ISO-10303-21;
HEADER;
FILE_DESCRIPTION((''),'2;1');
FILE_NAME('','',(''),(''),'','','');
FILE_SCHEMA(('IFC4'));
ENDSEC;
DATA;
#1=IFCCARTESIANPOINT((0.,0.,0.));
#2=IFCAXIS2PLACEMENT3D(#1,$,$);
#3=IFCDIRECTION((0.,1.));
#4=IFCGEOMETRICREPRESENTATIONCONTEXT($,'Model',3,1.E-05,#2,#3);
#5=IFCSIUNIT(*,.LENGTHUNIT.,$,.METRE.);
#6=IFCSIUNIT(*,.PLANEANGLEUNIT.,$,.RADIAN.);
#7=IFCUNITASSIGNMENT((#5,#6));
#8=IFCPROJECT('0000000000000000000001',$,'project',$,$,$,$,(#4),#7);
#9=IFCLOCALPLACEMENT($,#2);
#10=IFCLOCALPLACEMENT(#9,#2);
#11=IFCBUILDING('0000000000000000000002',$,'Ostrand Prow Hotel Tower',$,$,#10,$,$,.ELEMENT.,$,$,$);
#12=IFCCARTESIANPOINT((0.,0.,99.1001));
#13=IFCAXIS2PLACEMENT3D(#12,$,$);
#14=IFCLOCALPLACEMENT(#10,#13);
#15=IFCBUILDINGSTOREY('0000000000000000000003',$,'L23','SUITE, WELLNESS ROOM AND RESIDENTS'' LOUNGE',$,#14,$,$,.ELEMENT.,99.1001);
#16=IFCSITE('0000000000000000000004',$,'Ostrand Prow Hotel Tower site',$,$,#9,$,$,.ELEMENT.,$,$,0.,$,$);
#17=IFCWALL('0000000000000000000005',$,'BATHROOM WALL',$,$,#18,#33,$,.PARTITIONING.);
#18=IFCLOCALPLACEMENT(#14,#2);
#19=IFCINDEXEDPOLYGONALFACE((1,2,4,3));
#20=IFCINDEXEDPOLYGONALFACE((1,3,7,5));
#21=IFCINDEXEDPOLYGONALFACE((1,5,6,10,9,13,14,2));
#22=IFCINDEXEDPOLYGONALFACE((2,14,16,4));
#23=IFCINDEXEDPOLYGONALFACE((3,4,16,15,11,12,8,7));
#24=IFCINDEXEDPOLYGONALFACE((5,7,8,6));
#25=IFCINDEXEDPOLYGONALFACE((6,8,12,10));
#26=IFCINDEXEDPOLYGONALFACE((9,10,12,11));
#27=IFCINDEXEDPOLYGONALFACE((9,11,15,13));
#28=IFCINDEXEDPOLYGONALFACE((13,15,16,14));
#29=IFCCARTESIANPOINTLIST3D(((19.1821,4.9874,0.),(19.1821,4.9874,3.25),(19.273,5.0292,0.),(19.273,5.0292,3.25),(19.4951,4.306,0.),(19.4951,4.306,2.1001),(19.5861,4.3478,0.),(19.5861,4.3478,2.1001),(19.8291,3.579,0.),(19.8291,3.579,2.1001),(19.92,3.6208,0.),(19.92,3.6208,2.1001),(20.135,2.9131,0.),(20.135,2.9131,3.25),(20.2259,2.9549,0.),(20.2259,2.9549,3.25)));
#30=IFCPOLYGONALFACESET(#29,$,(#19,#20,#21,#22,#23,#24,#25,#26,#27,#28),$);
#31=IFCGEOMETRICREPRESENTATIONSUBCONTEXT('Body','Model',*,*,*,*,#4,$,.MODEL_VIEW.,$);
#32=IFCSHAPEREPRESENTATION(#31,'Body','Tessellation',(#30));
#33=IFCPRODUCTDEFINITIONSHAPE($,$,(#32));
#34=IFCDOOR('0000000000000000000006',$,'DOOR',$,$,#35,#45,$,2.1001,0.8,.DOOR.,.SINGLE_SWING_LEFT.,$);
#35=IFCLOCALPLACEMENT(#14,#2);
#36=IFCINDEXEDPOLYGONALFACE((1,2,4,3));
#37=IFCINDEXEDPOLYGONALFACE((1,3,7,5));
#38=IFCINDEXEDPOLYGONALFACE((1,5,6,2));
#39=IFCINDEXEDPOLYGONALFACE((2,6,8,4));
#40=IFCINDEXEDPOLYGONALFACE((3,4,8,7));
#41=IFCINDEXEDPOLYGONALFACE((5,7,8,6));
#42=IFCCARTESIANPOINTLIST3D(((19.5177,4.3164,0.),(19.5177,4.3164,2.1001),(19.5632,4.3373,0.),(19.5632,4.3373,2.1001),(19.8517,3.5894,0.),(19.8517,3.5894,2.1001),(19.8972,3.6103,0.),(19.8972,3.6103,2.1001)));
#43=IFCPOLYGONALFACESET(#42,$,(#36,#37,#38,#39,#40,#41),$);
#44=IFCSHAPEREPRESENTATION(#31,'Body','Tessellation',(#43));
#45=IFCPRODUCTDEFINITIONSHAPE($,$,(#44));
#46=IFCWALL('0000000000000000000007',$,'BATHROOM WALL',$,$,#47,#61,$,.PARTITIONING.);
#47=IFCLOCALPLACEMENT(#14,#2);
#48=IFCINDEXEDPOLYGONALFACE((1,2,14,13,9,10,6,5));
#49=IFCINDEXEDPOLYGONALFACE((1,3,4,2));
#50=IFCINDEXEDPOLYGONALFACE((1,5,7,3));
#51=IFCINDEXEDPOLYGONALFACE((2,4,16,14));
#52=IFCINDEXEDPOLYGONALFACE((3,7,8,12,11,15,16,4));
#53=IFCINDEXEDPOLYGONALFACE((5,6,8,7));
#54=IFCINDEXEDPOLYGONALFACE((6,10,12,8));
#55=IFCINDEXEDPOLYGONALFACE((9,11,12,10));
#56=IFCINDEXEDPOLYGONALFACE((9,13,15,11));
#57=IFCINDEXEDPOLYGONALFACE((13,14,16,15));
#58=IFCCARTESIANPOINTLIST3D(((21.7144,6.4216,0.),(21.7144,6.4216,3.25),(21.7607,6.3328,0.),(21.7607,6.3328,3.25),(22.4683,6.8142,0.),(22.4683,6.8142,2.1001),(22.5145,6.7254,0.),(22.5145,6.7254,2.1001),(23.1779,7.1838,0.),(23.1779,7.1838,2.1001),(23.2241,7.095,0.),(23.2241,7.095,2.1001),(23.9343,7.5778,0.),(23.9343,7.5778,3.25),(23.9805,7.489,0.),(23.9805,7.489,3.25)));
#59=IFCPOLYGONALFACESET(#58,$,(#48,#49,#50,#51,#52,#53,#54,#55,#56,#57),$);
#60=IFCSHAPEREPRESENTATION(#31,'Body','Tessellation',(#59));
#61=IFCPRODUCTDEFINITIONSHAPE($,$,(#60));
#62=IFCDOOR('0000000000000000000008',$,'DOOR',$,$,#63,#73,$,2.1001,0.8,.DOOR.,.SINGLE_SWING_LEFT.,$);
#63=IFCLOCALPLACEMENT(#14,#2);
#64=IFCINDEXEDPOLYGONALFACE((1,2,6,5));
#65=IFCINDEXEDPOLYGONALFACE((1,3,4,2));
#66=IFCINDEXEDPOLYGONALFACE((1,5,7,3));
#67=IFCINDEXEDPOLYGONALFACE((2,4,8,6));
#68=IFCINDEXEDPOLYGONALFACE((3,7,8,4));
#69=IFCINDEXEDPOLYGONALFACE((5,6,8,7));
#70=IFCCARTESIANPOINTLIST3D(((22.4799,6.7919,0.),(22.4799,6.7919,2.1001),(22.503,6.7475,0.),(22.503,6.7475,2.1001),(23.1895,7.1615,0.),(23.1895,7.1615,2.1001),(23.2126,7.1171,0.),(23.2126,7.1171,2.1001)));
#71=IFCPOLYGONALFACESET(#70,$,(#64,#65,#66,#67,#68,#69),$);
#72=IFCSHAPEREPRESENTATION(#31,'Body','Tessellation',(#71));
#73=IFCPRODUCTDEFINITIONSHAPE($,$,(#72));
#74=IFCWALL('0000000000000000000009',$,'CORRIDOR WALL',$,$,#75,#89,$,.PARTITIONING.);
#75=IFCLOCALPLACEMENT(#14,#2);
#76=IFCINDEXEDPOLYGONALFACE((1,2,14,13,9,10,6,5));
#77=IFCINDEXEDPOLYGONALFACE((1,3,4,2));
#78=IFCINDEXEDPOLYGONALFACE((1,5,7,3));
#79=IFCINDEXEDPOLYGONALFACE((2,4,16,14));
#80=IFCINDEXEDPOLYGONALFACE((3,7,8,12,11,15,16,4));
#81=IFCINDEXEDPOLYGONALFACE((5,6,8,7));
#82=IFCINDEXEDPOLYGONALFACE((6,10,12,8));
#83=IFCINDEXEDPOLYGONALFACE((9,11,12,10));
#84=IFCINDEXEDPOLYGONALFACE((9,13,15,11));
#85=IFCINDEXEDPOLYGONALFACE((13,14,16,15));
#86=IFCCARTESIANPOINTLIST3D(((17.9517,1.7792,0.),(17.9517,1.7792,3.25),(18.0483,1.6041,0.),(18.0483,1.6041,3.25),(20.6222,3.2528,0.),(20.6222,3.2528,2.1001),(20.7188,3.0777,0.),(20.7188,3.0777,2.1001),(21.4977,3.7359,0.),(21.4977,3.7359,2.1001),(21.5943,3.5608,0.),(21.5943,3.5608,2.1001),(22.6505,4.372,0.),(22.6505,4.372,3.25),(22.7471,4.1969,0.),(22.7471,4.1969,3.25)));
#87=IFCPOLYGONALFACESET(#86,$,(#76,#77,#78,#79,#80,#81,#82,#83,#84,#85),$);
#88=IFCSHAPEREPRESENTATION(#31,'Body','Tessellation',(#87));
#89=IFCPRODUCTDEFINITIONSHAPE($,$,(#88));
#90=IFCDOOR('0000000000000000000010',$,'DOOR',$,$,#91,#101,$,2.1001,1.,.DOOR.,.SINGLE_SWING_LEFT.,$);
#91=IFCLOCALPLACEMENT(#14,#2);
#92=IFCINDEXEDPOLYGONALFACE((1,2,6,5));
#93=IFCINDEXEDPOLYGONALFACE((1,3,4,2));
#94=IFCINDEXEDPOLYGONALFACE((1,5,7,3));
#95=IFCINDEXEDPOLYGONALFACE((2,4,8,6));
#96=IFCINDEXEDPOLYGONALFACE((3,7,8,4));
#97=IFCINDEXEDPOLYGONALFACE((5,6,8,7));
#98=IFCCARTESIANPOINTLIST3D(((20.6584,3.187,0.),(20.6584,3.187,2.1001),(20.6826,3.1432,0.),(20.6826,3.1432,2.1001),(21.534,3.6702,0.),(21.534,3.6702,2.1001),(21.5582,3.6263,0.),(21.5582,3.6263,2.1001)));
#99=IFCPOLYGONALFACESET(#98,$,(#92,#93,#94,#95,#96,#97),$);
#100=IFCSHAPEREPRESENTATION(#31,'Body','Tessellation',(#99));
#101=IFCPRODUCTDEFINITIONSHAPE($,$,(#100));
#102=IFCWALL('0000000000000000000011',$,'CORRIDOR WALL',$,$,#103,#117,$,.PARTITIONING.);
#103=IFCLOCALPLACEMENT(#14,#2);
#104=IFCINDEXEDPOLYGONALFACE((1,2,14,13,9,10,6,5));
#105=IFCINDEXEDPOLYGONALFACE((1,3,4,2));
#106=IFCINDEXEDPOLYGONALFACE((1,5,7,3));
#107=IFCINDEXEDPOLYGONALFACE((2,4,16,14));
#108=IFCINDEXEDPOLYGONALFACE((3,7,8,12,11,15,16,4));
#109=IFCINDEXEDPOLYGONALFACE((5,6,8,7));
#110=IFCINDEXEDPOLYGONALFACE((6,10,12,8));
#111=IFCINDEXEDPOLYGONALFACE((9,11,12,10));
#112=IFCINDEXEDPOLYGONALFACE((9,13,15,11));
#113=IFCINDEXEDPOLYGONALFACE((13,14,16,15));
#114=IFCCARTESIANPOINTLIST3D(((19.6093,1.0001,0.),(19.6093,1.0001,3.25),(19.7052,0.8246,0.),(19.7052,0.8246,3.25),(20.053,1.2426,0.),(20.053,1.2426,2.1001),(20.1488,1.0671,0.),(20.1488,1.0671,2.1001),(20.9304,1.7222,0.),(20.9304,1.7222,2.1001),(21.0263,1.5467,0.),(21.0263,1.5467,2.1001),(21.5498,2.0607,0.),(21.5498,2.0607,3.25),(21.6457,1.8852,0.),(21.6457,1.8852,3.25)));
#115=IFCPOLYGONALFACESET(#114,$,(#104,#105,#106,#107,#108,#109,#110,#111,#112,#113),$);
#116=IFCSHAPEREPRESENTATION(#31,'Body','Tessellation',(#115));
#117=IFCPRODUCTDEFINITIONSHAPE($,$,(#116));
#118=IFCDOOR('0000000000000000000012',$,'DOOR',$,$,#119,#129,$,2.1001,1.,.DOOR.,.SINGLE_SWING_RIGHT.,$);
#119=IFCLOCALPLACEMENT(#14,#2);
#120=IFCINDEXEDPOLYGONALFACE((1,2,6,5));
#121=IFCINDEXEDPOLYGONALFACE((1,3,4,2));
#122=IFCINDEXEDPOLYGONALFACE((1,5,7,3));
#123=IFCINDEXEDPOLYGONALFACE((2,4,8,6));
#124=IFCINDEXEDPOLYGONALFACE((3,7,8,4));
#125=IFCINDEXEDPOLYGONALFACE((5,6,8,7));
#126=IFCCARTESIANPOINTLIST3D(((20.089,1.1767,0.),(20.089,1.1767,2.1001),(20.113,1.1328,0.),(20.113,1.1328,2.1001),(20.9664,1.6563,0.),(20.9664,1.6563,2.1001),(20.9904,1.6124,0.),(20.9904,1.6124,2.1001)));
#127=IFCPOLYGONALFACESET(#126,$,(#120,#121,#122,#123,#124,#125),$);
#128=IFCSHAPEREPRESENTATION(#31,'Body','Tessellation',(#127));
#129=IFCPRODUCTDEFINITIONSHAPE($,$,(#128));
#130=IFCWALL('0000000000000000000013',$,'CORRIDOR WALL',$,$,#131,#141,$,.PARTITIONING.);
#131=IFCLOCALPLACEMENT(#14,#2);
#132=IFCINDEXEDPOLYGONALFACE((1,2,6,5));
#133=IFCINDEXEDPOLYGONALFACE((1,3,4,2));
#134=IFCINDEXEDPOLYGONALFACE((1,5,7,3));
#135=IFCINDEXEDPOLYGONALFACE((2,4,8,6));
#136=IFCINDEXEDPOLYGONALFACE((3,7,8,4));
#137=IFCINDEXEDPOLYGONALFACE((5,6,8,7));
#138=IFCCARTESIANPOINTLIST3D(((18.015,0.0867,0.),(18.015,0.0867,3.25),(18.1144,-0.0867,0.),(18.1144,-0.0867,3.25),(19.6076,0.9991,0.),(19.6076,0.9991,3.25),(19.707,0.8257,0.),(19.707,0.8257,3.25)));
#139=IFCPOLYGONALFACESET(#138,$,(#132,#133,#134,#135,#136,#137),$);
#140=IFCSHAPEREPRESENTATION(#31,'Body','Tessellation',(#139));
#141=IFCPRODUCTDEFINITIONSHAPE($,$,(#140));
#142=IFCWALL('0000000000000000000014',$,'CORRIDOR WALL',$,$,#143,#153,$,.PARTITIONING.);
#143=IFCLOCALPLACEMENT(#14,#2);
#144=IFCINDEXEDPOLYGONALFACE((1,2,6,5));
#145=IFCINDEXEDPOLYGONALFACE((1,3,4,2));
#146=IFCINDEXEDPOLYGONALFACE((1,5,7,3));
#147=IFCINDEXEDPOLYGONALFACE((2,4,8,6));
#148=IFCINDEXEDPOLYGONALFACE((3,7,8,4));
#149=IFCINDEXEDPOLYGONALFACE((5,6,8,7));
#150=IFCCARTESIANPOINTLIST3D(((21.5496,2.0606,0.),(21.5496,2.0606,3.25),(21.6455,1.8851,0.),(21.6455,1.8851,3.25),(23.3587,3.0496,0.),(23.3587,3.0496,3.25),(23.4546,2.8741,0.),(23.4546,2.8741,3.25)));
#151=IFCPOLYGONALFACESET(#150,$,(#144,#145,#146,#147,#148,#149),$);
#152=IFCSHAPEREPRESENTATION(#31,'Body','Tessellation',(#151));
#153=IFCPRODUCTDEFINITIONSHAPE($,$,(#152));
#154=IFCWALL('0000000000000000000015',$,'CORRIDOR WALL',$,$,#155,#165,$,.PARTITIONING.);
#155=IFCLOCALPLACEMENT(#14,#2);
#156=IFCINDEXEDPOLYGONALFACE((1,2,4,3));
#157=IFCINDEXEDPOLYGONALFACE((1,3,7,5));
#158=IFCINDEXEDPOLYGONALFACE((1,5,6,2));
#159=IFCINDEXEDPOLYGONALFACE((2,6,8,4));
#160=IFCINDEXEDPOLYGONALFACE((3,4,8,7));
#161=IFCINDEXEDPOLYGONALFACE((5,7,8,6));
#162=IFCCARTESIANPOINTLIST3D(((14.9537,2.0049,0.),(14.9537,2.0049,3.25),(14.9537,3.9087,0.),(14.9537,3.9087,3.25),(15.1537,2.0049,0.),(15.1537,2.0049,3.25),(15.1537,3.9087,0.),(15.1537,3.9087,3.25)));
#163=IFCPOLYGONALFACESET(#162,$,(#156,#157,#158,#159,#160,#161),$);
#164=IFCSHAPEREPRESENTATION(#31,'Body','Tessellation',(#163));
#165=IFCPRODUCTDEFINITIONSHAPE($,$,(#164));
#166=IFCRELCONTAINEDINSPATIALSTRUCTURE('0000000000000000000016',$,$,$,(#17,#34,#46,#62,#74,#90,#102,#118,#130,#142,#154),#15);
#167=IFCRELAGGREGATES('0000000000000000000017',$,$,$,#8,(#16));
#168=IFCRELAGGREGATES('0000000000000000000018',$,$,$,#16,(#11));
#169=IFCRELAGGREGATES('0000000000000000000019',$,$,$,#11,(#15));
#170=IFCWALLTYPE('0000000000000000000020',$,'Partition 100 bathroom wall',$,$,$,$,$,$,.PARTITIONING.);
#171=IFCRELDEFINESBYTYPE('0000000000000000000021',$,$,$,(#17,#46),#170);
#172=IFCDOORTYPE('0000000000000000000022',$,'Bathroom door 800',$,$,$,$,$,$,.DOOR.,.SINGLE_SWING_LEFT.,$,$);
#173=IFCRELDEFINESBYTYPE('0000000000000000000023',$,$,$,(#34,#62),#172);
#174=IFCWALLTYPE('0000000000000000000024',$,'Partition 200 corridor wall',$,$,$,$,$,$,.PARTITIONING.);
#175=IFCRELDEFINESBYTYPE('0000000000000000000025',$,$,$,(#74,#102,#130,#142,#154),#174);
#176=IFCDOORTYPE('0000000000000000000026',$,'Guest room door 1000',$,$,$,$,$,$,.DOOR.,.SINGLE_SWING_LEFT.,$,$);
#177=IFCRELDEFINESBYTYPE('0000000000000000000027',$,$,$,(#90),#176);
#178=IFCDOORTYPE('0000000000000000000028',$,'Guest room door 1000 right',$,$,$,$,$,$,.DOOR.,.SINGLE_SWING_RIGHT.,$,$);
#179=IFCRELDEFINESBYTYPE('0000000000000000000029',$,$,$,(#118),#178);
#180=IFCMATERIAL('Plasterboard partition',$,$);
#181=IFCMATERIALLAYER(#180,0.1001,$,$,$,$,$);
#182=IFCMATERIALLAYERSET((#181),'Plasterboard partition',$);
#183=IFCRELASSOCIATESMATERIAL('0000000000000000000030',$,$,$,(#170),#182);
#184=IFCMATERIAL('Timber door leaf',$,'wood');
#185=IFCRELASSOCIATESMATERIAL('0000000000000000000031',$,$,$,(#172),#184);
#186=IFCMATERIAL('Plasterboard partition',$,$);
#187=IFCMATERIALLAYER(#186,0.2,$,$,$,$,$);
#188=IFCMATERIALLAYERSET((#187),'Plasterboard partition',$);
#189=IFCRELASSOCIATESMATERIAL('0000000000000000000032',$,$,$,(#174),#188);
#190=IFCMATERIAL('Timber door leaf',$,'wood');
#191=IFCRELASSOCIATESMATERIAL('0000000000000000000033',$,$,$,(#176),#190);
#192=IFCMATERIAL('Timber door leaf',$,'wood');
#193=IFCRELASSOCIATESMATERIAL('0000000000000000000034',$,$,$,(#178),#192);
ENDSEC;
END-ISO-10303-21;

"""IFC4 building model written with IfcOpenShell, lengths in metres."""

from ifc_helpers import new_model, si_unit, direction, frame, frame_2d, origin, place, context, subcontext, project, spatial, rectangle, extrude, material, layer, layer_set, type_object, element, fill, save


model = new_model("IFC4")

# Units and contexts
model_context = context("Model", 3, precision=1e-05, world=origin(), true_north=direction((0.0, 1.0)))
body_context = subcontext(model_context, "Body", "Model", "MODEL_VIEW")
ifc_project = project(units=[si_unit("LENGTHUNIT", "METRE"), si_unit("PLANEANGLEUNIT", "RADIAN")], contexts=[model_context])

# Site, building, storey
site_placement = place(None, origin())
site = spatial("IfcSite", under=ifc_project, at=site_placement, Name="Ostrand Prow Hotel Tower site", CompositionType="ELEMENT", RefElevation=0.0)
building_placement = place(site_placement, origin())
building = spatial("IfcBuilding", under=site, at=building_placement, Name="Ostrand Prow Hotel Tower", CompositionType="ELEMENT")
storey_placement = place(building_placement, frame((0.0, 0.0, 99.1001)))
storey = spatial("IfcBuildingStorey", under=building, at=storey_placement, Name="L23", Description="SUITE, WELLNESS ROOM AND RESIDENTS' LOUNGE", CompositionType="ELEMENT", Elevation=99.1001)

# Shared definitions
ifc_material_1 = material(Name="Plasterboard partition")
ifc_layer_1 = layer(ifc_material_1, 0.1001)
ifc_layer_set_1 = layer_set([ifc_layer_1], Name="Plasterboard partition")
wall_type_1 = type_object("IfcWallType", Name="Partition 100 bathroom wall", PredefinedType="PARTITIONING", material=ifc_layer_set_1)

# Walls, openings, doors
wall_1_placement = place(storey_placement, frame((19.2275, 5.0083, 0.0), z_axis=(0.0, 0.0, 1.0), x_axis=(0.41745, -0.9087, 0.0)))
wall_1 = element("IfcWall", 1, at=wall_1_placement, inside=storey, type_object=wall_type_1, Name="BATHROOM WALL", PredefinedType="PARTITIONING", context=body_context, shape_type="SweptSolid", body=[
    extrude(rectangle(XDim=2.2827, YDim=0.1001, at=frame_2d((1.1414, 0.0))), origin(), (0.0, 0.0, 1.0), 3.25),
])
opening_1_placement = place(wall_1_placement, frame((0.75, 0.0, 0.0)))
opening_1 = element("IfcOpeningElement", 2, at=opening_1_placement, cuts=wall_1, PredefinedType="OPENING", context=body_context, shape_type="SweptSolid", body=[
    extrude(rectangle(XDim=0.8, YDim=2.1001, at=frame_2d((0.3999, 1.05))), frame((0.0, 0.0601, 0.0), z_axis=(0.0, -1.0, 0.0), x_axis=(1.0, 0.0, 0.0)), (0.0, 0.0, 1.0), 0.1201),
])
ifc_material_2 = material(Name="Timber door leaf", Category="wood")
door_type_1 = type_object("IfcDoorType", Name="Bathroom door 800", OperationType="SINGLE_SWING_LEFT", PredefinedType="DOOR", material=ifc_material_2)
door_1_placement = place(opening_1_placement, origin())
door_1 = element("IfcDoor", 3, at=door_1_placement, inside=storey, type_object=door_type_1, Name="DOOR", OperationType="SINGLE_SWING_LEFT", OverallHeight=2.1001, OverallWidth=0.8, PredefinedType="DOOR", context=body_context, shape_type="SweptSolid", body=[
    extrude(rectangle(XDim=0.8, YDim=2.1001, at=frame_2d((0.3999, 1.05))), frame((0.0, 0.0249, 0.0), z_axis=(0.0, -1.0, 0.0), x_axis=(1.0, 0.0, 0.0)), (0.0, 0.0, 1.0), 0.05),
])
fill(opening_1, door_1)
wall_2_placement = place(storey_placement, frame((21.7375, 6.3772, 0.0), z_axis=(0.0, 0.0, 1.0), x_axis=(0.886912, 0.461939, 0.0)))
wall_2 = element("IfcWall", 4, at=wall_2_placement, inside=storey, type_object=wall_type_1, Name="BATHROOM WALL", PredefinedType="PARTITIONING", context=body_context, shape_type="SweptSolid", body=[
    extrude(rectangle(XDim=2.5029, YDim=0.1001, at=frame_2d((1.2515, 0.0))), origin(), (0.0, 0.0, 1.0), 3.25),
])
opening_2_placement = place(wall_2_placement, frame((0.8501, 0.0, 0.0)))
opening_2 = element("IfcOpeningElement", 5, at=opening_2_placement, cuts=wall_2, PredefinedType="OPENING", context=body_context, shape_type="SweptSolid", body=[
    extrude(rectangle(XDim=0.8, YDim=2.1001, at=frame_2d((0.3999, 1.05))), frame((0.0, 0.0601, 0.0), z_axis=(0.0, -1.0, 0.0), x_axis=(1.0, 0.0, 0.0)), (0.0, 0.0, 1.0), 0.1201),
])
door_2_placement = place(opening_2_placement, origin())
door_2 = element("IfcDoor", 6, at=door_2_placement, inside=storey, type_object=door_type_1, Name="DOOR", OperationType="SINGLE_SWING_LEFT", OverallHeight=2.1001, OverallWidth=0.8, PredefinedType="DOOR", context=body_context, shape_type="SweptSolid", body=[
    extrude(rectangle(XDim=0.8, YDim=2.1001, at=frame_2d((0.3999, 1.05))), frame((0.0, 0.0249, 0.0), z_axis=(0.0, -1.0, 0.0), x_axis=(1.0, 0.0, 0.0)), (0.0, 0.0, 1.0), 0.05),
])
fill(opening_2, door_2)
ifc_material_3 = material(Name="Plasterboard partition")
ifc_layer_2 = layer(ifc_material_3, 0.2)
ifc_layer_set_2 = layer_set([ifc_layer_2], Name="Plasterboard partition")
wall_type_2 = type_object("IfcWallType", Name="Partition 200 corridor wall", PredefinedType="PARTITIONING", material=ifc_layer_set_2)
wall_3_placement = place(storey_placement, frame((18.0, 1.6917, 0.0), z_axis=(0.0, 0.0, 1.0), x_axis=(0.875548, 0.48313, 0.0)))
wall_3 = element("IfcWall", 7, at=wall_3_placement, inside=storey, type_object=wall_type_2, Name="CORRIDOR WALL", PredefinedType="PARTITIONING", context=body_context, shape_type="SweptSolid", body=[
    extrude(rectangle(XDim=5.3667, YDim=0.2, at=frame_2d((2.6833, 0.0))), origin(), (0.0, 0.0, 1.0), 3.25),
])
opening_3_placement = place(wall_3_placement, frame((3.05, 0.0, 0.0)))
opening_3 = element("IfcOpeningElement", 8, at=opening_3_placement, cuts=wall_3, PredefinedType="OPENING", context=body_context, shape_type="SweptSolid", body=[
    extrude(rectangle(XDim=1.0, YDim=2.1001, at=frame_2d((0.5, 1.05))), frame((0.0, 0.1099, 0.0), z_axis=(0.0, -1.0, 0.0), x_axis=(1.0, 0.0, 0.0)), (0.0, 0.0, 1.0), 0.22),
])
ifc_material_4 = material(Name="Timber door leaf", Category="wood")
door_type_2 = type_object("IfcDoorType", Name="Guest room door 1000", OperationType="SINGLE_SWING_LEFT", PredefinedType="DOOR", material=ifc_material_4)
door_3_placement = place(opening_3_placement, origin())
door_3 = element("IfcDoor", 9, at=door_3_placement, inside=storey, type_object=door_type_2, Name="DOOR", OperationType="SINGLE_SWING_LEFT", OverallHeight=2.1001, OverallWidth=1.0, PredefinedType="DOOR", context=body_context, shape_type="SweptSolid", body=[
    extrude(rectangle(XDim=1.0, YDim=2.1001, at=frame_2d((0.5, 1.05))), frame((0.0, 0.0249, 0.0), z_axis=(0.0, -1.0, 0.0), x_axis=(1.0, 0.0, 0.0)), (0.0, 0.0, 1.0), 0.05),
])
fill(opening_3, door_3)
wall_4_placement = place(storey_placement, frame((19.6572, 0.9124, 0.0), z_axis=(0.0, 0.0, 1.0), x_axis=(0.87749, 0.479595, 0.0)))
wall_4 = element("IfcWall", 10, at=wall_4_placement, inside=storey, type_object=wall_type_2, Name="CORRIDOR WALL", PredefinedType="PARTITIONING", context=body_context, shape_type="SweptSolid", body=[
    extrude(rectangle(XDim=2.2114, YDim=0.2, at=frame_2d((1.1057, 0.0))), origin(), (0.0, 0.0, 1.0), 3.25),
])
opening_4_placement = place(wall_4_placement, frame((0.5056, 0.0, 0.0)))
opening_4 = element("IfcOpeningElement", 11, at=opening_4_placement, cuts=wall_4, PredefinedType="OPENING", context=body_context, shape_type="SweptSolid", body=[
    extrude(rectangle(XDim=1.0, YDim=2.1001, at=frame_2d((0.5, 1.05))), frame((0.0, 0.1099, 0.0), z_axis=(0.0, -1.0, 0.0), x_axis=(1.0, 0.0, 0.0)), (0.0, 0.0, 1.0), 0.22),
])
ifc_material_5 = material(Name="Timber door leaf", Category="wood")
door_type_3 = type_object("IfcDoorType", Name="Guest room door 1000 right", OperationType="SINGLE_SWING_RIGHT", PredefinedType="DOOR", material=ifc_material_5)
door_4_placement = place(opening_4_placement, origin())
door_4 = element("IfcDoor", 12, at=door_4_placement, inside=storey, type_object=door_type_3, Name="DOOR", OperationType="SINGLE_SWING_RIGHT", OverallHeight=2.1001, OverallWidth=1.0, PredefinedType="DOOR", context=body_context, shape_type="SweptSolid", body=[
    extrude(rectangle(XDim=1.0, YDim=2.1001, at=frame_2d((0.5, 1.05))), frame((0.0, 0.0249, 0.0), z_axis=(0.0, -1.0, 0.0), x_axis=(1.0, 0.0, 0.0)), (0.0, 0.0, 1.0), 0.05),
])
fill(opening_4, door_4)

# Walls
wall_5_placement = place(storey_placement, frame((18.0647, 0.0, 0.0), z_axis=(0.0, 0.0, 1.0), x_axis=(0.867694, 0.497098, 0.0)))
element("IfcWall", 13, at=wall_5_placement, inside=storey, type_object=wall_type_2, Name="CORRIDOR WALL", PredefinedType="PARTITIONING", context=body_context, shape_type="SweptSolid", body=[
    extrude(rectangle(XDim=1.8354, YDim=0.2, at=frame_2d((0.9177, 0.0))), origin(), (0.0, 0.0, 1.0), 3.25),
])
wall_6_placement = place(storey_placement, frame((21.5977, 1.9729, 0.0), z_axis=(0.0, 0.0, 1.0), x_axis=(0.877438, 0.47969, 0.0)))
element("IfcWall", 14, at=wall_6_placement, inside=storey, type_object=wall_type_2, Name="CORRIDOR WALL", PredefinedType="PARTITIONING", context=body_context, shape_type="SweptSolid", body=[
    extrude(rectangle(XDim=2.0618, YDim=0.2, at=frame_2d((1.0308, 0.0))), origin(), (0.0, 0.0, 1.0), 3.25),
])
wall_7_placement = place(storey_placement, frame((15.0537, 3.9087, 0.0), z_axis=(0.0, 0.0, 1.0), x_axis=(0.0, -1.0, 0.0)))
element("IfcWall", 15, at=wall_7_placement, inside=storey, type_object=wall_type_2, Name="CORRIDOR WALL", PredefinedType="PARTITIONING", context=body_context, shape_type="SweptSolid", body=[
    extrude(rectangle(XDim=1.9038, YDim=0.2, at=frame_2d((0.9519, 0.0))), origin(), (0.0, 0.0, 1.0), 3.25),
])

save(model, "model.ifc")
